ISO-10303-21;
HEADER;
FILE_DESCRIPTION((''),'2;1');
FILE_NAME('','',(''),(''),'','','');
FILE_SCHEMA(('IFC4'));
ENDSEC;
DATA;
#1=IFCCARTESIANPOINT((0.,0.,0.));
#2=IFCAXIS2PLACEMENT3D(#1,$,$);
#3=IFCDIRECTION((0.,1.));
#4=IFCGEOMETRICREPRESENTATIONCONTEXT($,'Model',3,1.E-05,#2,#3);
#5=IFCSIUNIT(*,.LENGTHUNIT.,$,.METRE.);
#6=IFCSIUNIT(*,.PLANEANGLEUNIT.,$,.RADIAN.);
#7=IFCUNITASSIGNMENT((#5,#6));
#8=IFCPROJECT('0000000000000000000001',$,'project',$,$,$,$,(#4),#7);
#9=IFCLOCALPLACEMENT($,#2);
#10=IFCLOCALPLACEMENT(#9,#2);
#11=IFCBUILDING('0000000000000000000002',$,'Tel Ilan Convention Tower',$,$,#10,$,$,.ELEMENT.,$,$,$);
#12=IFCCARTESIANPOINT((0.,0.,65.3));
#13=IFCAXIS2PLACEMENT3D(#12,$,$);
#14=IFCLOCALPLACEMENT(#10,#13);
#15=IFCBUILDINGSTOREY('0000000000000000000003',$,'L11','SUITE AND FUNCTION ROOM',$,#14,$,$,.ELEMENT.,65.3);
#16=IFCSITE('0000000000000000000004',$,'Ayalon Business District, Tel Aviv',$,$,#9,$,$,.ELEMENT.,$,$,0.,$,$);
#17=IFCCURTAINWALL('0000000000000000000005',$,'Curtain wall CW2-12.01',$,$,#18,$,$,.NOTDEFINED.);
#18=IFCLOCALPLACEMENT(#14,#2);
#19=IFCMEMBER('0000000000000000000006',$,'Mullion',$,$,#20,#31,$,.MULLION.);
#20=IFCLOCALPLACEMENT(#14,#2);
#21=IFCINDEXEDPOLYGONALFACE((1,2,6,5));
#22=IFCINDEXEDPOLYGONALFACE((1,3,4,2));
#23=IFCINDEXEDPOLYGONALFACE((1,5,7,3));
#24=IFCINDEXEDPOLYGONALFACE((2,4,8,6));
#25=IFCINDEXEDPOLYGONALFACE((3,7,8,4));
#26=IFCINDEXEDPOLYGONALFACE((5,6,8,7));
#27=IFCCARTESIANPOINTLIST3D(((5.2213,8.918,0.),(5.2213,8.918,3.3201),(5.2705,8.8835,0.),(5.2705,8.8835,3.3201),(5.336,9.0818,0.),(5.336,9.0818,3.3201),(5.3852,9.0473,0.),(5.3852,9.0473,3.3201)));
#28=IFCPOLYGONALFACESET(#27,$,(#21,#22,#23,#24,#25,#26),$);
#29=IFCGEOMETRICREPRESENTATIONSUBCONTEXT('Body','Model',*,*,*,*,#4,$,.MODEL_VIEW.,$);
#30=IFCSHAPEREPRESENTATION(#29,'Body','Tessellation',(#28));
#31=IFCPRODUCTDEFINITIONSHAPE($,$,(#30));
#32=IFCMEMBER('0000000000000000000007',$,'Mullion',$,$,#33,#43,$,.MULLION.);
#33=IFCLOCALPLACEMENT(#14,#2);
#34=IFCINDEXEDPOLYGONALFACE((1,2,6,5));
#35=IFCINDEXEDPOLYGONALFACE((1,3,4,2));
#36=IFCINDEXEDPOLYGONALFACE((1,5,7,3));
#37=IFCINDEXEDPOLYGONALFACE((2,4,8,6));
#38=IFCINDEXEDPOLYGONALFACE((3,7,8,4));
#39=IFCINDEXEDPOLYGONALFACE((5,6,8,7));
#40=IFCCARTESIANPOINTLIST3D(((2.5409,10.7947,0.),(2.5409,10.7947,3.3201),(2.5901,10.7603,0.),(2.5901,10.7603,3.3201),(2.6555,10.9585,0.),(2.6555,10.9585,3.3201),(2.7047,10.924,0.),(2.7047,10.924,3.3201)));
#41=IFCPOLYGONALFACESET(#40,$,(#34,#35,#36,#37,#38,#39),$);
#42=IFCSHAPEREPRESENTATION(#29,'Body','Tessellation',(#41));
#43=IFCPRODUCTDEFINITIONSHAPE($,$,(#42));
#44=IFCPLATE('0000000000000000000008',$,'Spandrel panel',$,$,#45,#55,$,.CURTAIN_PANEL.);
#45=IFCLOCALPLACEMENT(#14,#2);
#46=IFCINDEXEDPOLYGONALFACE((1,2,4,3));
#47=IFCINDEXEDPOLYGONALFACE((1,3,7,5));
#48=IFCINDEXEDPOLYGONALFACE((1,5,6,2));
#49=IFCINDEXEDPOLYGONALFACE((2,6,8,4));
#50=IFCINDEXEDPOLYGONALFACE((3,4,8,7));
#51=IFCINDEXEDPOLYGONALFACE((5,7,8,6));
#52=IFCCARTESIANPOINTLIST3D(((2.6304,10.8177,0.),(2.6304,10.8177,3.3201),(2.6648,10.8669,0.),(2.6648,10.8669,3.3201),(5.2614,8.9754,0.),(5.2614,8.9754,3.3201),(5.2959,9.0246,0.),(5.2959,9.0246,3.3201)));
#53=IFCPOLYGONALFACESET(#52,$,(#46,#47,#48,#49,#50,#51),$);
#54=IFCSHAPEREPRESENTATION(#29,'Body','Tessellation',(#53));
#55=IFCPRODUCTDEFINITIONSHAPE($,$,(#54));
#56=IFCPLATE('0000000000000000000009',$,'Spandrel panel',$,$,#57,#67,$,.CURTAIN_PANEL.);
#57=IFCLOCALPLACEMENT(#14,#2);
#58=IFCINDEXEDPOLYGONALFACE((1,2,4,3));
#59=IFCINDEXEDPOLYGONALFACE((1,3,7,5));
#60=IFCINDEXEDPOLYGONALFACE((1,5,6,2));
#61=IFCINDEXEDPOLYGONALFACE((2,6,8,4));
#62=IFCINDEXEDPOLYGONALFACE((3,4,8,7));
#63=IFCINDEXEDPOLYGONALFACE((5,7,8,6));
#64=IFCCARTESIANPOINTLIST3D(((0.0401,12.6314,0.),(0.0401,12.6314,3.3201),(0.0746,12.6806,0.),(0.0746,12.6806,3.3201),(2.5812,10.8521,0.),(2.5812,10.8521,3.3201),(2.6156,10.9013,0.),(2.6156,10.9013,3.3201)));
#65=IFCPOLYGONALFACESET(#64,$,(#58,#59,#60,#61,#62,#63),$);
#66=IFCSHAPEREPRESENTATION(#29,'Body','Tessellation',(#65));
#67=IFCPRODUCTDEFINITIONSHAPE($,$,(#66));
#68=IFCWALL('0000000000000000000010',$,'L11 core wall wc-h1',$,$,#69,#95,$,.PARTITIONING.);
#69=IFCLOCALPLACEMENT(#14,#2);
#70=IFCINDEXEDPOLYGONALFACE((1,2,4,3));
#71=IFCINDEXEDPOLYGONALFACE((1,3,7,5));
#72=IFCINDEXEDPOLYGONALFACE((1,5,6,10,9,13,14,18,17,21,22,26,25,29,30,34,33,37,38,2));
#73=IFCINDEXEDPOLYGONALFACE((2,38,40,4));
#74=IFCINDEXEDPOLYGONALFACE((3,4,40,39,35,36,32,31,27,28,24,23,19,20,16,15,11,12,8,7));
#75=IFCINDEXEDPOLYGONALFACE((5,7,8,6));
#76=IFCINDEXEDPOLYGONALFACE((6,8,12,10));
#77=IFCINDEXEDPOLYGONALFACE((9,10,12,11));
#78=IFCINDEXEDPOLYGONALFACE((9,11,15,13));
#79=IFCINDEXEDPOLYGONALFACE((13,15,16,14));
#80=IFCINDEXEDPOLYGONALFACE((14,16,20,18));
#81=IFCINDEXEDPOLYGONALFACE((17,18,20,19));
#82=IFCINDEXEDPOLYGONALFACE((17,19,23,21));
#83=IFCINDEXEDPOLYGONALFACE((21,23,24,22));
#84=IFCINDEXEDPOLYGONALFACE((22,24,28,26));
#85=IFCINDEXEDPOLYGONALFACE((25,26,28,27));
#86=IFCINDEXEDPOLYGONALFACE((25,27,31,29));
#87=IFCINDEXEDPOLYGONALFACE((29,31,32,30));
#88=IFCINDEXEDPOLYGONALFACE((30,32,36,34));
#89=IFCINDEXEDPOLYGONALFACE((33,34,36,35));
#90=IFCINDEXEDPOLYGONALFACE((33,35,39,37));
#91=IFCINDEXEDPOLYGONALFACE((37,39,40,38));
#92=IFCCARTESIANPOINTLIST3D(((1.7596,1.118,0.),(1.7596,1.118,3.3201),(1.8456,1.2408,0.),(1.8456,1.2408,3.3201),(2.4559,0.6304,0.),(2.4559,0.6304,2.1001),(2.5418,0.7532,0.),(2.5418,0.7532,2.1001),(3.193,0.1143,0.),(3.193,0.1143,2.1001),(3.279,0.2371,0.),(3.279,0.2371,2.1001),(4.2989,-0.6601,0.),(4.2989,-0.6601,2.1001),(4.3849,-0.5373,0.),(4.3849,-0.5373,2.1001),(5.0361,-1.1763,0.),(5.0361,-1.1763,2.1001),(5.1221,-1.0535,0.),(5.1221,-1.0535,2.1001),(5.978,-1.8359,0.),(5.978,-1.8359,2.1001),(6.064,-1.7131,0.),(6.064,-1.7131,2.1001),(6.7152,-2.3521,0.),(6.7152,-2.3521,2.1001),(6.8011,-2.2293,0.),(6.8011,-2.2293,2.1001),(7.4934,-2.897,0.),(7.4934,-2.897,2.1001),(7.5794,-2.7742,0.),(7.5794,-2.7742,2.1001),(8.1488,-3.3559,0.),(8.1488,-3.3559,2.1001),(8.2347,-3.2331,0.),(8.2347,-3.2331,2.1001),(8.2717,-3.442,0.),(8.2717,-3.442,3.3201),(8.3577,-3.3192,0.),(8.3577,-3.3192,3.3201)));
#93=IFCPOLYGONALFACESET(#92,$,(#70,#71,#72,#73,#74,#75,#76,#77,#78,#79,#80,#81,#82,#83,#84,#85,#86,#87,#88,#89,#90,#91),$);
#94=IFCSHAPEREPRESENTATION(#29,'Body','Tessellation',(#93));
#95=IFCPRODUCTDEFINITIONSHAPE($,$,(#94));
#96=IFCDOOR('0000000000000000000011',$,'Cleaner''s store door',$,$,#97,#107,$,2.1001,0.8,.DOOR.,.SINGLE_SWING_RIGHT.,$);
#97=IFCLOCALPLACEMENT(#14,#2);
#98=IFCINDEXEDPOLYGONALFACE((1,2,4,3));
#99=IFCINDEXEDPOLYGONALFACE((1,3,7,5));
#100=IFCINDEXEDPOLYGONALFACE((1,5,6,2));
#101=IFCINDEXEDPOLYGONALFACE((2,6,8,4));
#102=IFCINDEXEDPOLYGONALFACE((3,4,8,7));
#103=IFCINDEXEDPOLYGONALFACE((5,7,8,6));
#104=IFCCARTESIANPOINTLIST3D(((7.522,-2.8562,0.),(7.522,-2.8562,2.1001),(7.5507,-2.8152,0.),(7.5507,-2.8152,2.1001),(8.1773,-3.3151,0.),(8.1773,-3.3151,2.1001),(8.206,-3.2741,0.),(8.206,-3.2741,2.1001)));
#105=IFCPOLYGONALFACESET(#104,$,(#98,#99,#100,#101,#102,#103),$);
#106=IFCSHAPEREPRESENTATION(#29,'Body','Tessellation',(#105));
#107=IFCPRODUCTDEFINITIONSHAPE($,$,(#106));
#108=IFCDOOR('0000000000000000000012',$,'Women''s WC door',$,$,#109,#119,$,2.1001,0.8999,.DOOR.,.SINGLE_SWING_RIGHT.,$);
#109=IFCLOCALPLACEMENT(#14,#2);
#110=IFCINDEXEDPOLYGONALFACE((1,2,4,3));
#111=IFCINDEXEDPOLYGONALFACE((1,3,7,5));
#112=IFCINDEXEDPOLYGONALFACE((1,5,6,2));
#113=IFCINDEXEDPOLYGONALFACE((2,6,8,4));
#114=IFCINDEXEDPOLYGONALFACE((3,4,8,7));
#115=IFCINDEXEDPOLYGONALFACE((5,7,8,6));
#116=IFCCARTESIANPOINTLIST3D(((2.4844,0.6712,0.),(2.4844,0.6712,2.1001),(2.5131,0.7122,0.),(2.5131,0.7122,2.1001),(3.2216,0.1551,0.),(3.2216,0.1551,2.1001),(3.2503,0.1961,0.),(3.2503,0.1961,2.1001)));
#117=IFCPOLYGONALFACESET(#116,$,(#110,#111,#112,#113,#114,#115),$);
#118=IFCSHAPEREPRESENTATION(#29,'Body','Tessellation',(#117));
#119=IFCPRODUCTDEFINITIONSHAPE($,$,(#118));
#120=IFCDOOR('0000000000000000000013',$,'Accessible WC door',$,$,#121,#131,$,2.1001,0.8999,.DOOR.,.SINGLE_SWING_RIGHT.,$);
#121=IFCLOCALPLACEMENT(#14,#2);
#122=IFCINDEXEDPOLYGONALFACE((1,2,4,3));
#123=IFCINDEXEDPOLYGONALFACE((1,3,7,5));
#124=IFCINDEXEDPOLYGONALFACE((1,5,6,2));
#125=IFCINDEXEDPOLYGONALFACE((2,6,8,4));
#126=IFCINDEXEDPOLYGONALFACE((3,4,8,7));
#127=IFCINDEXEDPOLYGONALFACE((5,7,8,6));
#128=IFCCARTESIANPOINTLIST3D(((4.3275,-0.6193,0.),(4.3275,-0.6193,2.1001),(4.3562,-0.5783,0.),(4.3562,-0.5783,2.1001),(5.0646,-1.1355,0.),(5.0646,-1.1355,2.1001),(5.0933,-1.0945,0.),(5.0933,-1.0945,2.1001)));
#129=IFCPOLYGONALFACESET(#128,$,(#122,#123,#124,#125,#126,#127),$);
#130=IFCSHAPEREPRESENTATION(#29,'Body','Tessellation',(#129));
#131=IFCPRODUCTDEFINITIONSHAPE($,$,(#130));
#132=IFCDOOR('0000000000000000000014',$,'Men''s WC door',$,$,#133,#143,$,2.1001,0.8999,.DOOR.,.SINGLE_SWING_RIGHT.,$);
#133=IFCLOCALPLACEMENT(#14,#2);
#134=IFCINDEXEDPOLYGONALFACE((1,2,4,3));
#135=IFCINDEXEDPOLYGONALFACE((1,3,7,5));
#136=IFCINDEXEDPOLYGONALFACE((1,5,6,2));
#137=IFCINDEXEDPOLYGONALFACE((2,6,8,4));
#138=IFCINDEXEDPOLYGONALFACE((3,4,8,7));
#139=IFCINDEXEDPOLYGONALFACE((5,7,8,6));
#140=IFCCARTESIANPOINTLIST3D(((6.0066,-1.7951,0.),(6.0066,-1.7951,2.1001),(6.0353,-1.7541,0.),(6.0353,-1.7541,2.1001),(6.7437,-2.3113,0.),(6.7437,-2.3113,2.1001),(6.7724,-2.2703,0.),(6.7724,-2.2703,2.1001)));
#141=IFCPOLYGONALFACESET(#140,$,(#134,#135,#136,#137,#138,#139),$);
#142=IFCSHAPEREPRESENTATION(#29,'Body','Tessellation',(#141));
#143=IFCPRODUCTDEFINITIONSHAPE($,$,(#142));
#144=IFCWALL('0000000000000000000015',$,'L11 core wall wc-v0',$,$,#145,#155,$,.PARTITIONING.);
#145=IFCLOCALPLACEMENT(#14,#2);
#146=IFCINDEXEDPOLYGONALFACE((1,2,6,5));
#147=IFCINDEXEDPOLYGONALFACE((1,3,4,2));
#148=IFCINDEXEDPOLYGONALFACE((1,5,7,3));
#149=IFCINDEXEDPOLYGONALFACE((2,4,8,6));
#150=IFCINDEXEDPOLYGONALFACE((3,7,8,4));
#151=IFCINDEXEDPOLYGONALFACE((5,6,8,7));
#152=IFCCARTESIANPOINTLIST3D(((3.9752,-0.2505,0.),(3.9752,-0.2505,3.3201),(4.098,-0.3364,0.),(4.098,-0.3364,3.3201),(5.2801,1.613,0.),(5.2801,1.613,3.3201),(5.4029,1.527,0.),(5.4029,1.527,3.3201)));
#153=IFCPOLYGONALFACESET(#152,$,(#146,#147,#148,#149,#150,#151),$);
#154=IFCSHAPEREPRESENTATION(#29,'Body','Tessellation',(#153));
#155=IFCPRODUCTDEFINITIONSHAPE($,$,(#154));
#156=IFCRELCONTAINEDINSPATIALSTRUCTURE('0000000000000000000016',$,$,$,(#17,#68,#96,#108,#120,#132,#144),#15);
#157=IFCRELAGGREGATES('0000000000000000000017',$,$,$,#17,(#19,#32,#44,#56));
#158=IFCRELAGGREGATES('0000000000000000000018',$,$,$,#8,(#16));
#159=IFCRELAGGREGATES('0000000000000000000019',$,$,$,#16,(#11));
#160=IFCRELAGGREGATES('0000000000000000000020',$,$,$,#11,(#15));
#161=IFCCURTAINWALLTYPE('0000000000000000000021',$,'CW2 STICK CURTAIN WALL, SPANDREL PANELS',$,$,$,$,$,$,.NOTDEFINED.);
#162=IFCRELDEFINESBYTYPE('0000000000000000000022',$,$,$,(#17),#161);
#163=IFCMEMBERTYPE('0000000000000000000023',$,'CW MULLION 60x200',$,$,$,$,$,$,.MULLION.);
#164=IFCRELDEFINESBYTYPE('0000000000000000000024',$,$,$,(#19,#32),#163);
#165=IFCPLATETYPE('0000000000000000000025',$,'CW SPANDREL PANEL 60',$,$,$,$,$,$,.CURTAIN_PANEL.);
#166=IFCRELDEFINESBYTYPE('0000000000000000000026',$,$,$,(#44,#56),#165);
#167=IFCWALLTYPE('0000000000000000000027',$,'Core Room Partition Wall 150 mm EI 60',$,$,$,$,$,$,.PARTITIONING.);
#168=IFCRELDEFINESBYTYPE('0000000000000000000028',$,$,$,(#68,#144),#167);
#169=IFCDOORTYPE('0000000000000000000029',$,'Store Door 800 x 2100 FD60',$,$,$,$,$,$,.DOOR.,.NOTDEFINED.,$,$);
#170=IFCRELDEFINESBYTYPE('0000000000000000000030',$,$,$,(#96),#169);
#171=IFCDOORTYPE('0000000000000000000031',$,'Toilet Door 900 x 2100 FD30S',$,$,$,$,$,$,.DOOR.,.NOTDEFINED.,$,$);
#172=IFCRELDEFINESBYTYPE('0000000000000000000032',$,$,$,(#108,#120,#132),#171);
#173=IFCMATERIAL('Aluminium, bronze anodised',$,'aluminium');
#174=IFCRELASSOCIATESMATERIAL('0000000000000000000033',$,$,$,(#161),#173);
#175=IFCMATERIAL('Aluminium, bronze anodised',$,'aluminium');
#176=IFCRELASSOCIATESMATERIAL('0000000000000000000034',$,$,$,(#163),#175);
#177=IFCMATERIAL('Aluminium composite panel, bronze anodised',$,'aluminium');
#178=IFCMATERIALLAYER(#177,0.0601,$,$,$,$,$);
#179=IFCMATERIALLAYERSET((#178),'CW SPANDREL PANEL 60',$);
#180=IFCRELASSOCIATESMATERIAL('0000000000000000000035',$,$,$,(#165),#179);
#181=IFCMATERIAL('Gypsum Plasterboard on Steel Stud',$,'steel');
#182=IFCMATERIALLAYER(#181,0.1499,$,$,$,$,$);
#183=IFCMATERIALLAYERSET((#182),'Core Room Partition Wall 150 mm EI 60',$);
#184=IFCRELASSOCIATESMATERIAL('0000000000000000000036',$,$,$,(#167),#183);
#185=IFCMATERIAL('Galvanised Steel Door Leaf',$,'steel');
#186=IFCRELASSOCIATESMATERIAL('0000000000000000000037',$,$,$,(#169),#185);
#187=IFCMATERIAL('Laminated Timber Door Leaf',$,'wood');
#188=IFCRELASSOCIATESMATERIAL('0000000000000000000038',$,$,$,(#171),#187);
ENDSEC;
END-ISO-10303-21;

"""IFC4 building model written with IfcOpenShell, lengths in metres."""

from ifc_helpers import new_model, si_unit, direction, frame, frame_2d, origin, origin_2d, place, context, subcontext, project, spatial, rectangle, extrude, material, layer, layer_set, material_profile, profile_set, type_object, element, fill, aggregate, save


model = new_model("IFC4")

# Units and contexts
model_context = context("Model", 3, precision=1e-05, world=origin(), true_north=direction((0.0, 1.0)))
body_context = subcontext(model_context, "Body", "Model", "MODEL_VIEW")
ifc_project = project(units=[si_unit("LENGTHUNIT", "METRE"), si_unit("PLANEANGLEUNIT", "RADIAN")], contexts=[model_context])

# Site, building, storey
site_placement = place(None, origin())
site = spatial("IfcSite", under=ifc_project, at=site_placement, Name="Ayalon Business District, Tel Aviv", CompositionType="ELEMENT", RefElevation=0.0)
building_placement = place(site_placement, origin())
building = spatial("IfcBuilding", under=site, at=building_placement, Name="Tel Ilan Convention Tower", CompositionType="ELEMENT")
storey_placement = place(building_placement, frame((0.0, 0.0, 65.3)))
storey = spatial("IfcBuildingStorey", under=building, at=storey_placement, Name="L11", Description="SUITE AND FUNCTION ROOM", CompositionType="ELEMENT", Elevation=65.3)

# Curtain wall, members, plates
ifc_material_1 = material(Name="Aluminium, bronze anodised", Category="aluminium")
curtain_wall_type = type_object("IfcCurtainWallType", Name="CW2 STICK CURTAIN WALL, SPANDREL PANELS", PredefinedType="NOTDEFINED", material=ifc_material_1)
curtain_wall_placement = place(storey_placement, origin())
curtain_wall = element("IfcCurtainWall", 1, at=curtain_wall_placement, inside=storey, type_object=curtain_wall_type, Name="Curtain wall CW2-12.01", PredefinedType="NOTDEFINED")
ifc_material_2 = material(Name="Aluminium, bronze anodised", Category="aluminium")
ifc_material_profile = material_profile(ifc_material_2, rectangle(XDim=0.0601, YDim=0.2, at=origin_2d()), Name="CW MULLION 60x200")
ifc_profile_set = profile_set([ifc_material_profile], Name="Aluminium, bronze anodised")
member_type = type_object("IfcMemberType", Name="CW MULLION 60x200", PredefinedType="MULLION", material=ifc_profile_set)
member_1_placement = place(storey_placement, frame((5.3032, 8.9827, 0.0), z_axis=(0.0, 0.0, 1.0), x_axis=(-0.819152, 0.573576, 0.0)))
member_1 = element("IfcMember", 2, at=member_1_placement, type_object=member_type, Name="Mullion", PredefinedType="MULLION", context=body_context, shape_type="SweptSolid", body=[
    extrude(rectangle(XDim=0.0601, YDim=0.2, at=origin_2d()), origin(), (0.0, 0.0, 1.0), 3.3201),
])
member_2_placement = place(storey_placement, frame((2.6228, 10.8594, 0.0), z_axis=(0.0, 0.0, 1.0), x_axis=(-0.819152, 0.573576, 0.0)))
member_2 = element("IfcMember", 3, at=member_2_placement, type_object=member_type, Name="Mullion", PredefinedType="MULLION", context=body_context, shape_type="SweptSolid", body=[
    extrude(rectangle(XDim=0.0601, YDim=0.2, at=origin_2d()), origin(), (0.0, 0.0, 1.0), 3.3201),
])
ifc_material_3 = material(Name="Aluminium composite panel, bronze anodised", Category="aluminium")
ifc_layer_1 = layer(ifc_material_3, 0.0601)
ifc_layer_set_1 = layer_set([ifc_layer_1], Name="CW SPANDREL PANEL 60")
plate_type = type_object("IfcPlateType", Name="CW SPANDREL PANEL 60", PredefinedType="CURTAIN_PANEL", material=ifc_layer_set_1)
plate_1_placement = place(storey_placement, frame((3.9631, 9.9211, 0.0), z_axis=(0.0, 0.0, 1.0), x_axis=(-0.819152, 0.573576, 0.0)))
plate_1 = element("IfcPlate", 4, at=plate_1_placement, type_object=plate_type, Name="Spandrel panel", PredefinedType="CURTAIN_PANEL", context=body_context, shape_type="SweptSolid", body=[
    extrude(rectangle(XDim=3.2119, YDim=0.0601, at=origin_2d()), origin(), (0.0, 0.0, 1.0), 3.3201),
])
plate_2_placement = place(storey_placement, frame((1.3279, 11.7664, 0.0), z_axis=(0.0, 0.0, 1.0), x_axis=(-0.819152, 0.573576, 0.0)))
plate_2 = element("IfcPlate", 5, at=plate_2_placement, type_object=plate_type, Name="Spandrel panel", PredefinedType="CURTAIN_PANEL", context=body_context, shape_type="SweptSolid", body=[
    extrude(rectangle(XDim=3.1021, YDim=0.0601, at=origin_2d()), origin(), (0.0, 0.0, 1.0), 3.3201),
])
aggregate(curtain_wall, [member_1, member_2, plate_1, plate_2])

# Wall, openings, doors
ifc_material_4 = material(Name="Gypsum Plasterboard on Steel Stud", Category="steel")
ifc_layer_2 = layer(ifc_material_4, 0.1499)
ifc_layer_set_2 = layer_set([ifc_layer_2], Name="Core Room Partition Wall 150 mm EI 60")
wall_type_1 = type_object("IfcWallType", Name="Core Room Partition Wall 150 mm EI 60", PredefinedType="PARTITIONING", material=ifc_layer_set_2)
wall_1_placement = place(storey_placement, frame((1.8025, 1.1794, 0.0), z_axis=(0.0, 0.0, 1.0), x_axis=(0.819142, -0.57359, 0.0)))
wall_1 = element("IfcWall", 6, at=wall_1_placement, inside=storey, type_object=wall_type_1, Name="L11 core wall wc-h1", PredefinedType="PARTITIONING", context=body_context, shape_type="SweptSolid", body=[
    extrude(rectangle(XDim=7.95, YDim=0.1499, at=frame_2d((3.9751, 0.0))), origin(), (0.0, 0.0, 1.0), 3.3201),
])
opening_1_placement = place(wall_1_placement, frame((0.8501, 0.0, 0.0)))
opening_1 = element("IfcOpeningElement", 7, at=opening_1_placement, cuts=wall_1, PredefinedType="OPENING", context=body_context, shape_type="SweptSolid", body=[
    extrude(rectangle(XDim=0.8999, YDim=2.1001, at=frame_2d((0.45, 1.05))), frame((0.0, 0.085, 0.0), z_axis=(0.0, -1.0, 0.0), x_axis=(1.0, 0.0, 0.0)), (0.0, 0.0, 1.0), 0.1699),
])
opening_2_placement = place(wall_1_placement, frame((3.1001, 0.0, 0.0)))
opening_2 = element("IfcOpeningElement", 8, at=opening_2_placement, cuts=wall_1, PredefinedType="OPENING", context=body_context, shape_type="SweptSolid", body=[
    extrude(rectangle(XDim=0.8999, YDim=2.1001, at=frame_2d((0.45, 1.05))), frame((0.0, 0.085, 0.0), z_axis=(0.0, -1.0, 0.0), x_axis=(1.0, 0.0, 0.0)), (0.0, 0.0, 1.0), 0.1699),
])
opening_3_placement = place(wall_1_placement, frame((5.1499, 0.0, 0.0)))
opening_3 = element("IfcOpeningElement", 9, at=opening_3_placement, cuts=wall_1, PredefinedType="OPENING", context=body_context, shape_type="SweptSolid", body=[
    extrude(rectangle(XDim=0.8999, YDim=2.1001, at=frame_2d((0.45, 1.05))), frame((0.0, 0.085, 0.0), z_axis=(0.0, -1.0, 0.0), x_axis=(1.0, 0.0, 0.0)), (0.0, 0.0, 1.0), 0.1699),
])
opening_4_placement = place(wall_1_placement, frame((7.0, 0.0, 0.0)))
opening_4 = element("IfcOpeningElement", 10, at=opening_4_placement, cuts=wall_1, PredefinedType="OPENING", context=body_context, shape_type="SweptSolid", body=[
    extrude(rectangle(XDim=0.8, YDim=2.1001, at=frame_2d((0.3999, 1.05))), frame((0.0, 0.085, 0.0), z_axis=(0.0, -1.0, 0.0), x_axis=(1.0, 0.0, 0.0)), (0.0, 0.0, 1.0), 0.1699),
])
ifc_material_5 = material(Name="Galvanised Steel Door Leaf", Category="steel")
door_type_1 = type_object("IfcDoorType", Name="Store Door 800 x 2100 FD60", OperationType="NOTDEFINED", PredefinedType="DOOR", material=ifc_material_5)
door_1_placement = place(opening_4_placement, origin())
door_1 = element("IfcDoor", 11, at=door_1_placement, inside=storey, type_object=door_type_1, Name="Cleaner's store door", OperationType="SINGLE_SWING_RIGHT", OverallHeight=2.1001, OverallWidth=0.8, PredefinedType="DOOR", context=body_context, shape_type="SweptSolid", body=[
    extrude(rectangle(XDim=0.8, YDim=2.1001, at=frame_2d((0.3999, 1.05))), frame((0.0, 0.0249, 0.0), z_axis=(0.0, -1.0, 0.0), x_axis=(1.0, 0.0, 0.0)), (0.0, 0.0, 1.0), 0.05),
])
fill(opening_4, door_1)
ifc_material_6 = material(Name="Laminated Timber Door Leaf", Category="wood")
door_type_2 = type_object("IfcDoorType", Name="Toilet Door 900 x 2100 FD30S", OperationType="NOTDEFINED", PredefinedType="DOOR", material=ifc_material_6)
door_2_placement = place(opening_1_placement, origin())
door_2 = element("IfcDoor", 12, at=door_2_placement, inside=storey, type_object=door_type_2, Name="Women's WC door", OperationType="SINGLE_SWING_RIGHT", OverallHeight=2.1001, OverallWidth=0.8999, PredefinedType="DOOR", context=body_context, shape_type="SweptSolid", body=[
    extrude(rectangle(XDim=0.8999, YDim=2.1001, at=frame_2d((0.45, 1.05))), frame((0.0, 0.0249, 0.0), z_axis=(0.0, -1.0, 0.0), x_axis=(1.0, 0.0, 0.0)), (0.0, 0.0, 1.0), 0.05),
])
fill(opening_1, door_2)
door_3_placement = place(opening_2_placement, origin())
door_3 = element("IfcDoor", 13, at=door_3_placement, inside=storey, type_object=door_type_2, Name="Accessible WC door", OperationType="SINGLE_SWING_RIGHT", OverallHeight=2.1001, OverallWidth=0.8999, PredefinedType="DOOR", context=body_context, shape_type="SweptSolid", body=[
    extrude(rectangle(XDim=0.8999, YDim=2.1001, at=frame_2d((0.45, 1.05))), frame((0.0, 0.0249, 0.0), z_axis=(0.0, -1.0, 0.0), x_axis=(1.0, 0.0, 0.0)), (0.0, 0.0, 1.0), 0.05),
])
fill(opening_2, door_3)
door_4_placement = place(opening_3_placement, origin())
door_4 = element("IfcDoor", 14, at=door_4_placement, inside=storey, type_object=door_type_2, Name="Men's WC door", OperationType="SINGLE_SWING_RIGHT", OverallHeight=2.1001, OverallWidth=0.8999, PredefinedType="DOOR", context=body_context, shape_type="SweptSolid", body=[
    extrude(rectangle(XDim=0.8999, YDim=2.1001, at=frame_2d((0.45, 1.05))), frame((0.0, 0.0249, 0.0), z_axis=(0.0, -1.0, 0.0), x_axis=(1.0, 0.0, 0.0)), (0.0, 0.0, 1.0), 0.05),
])
fill(opening_3, door_4)

# Wall
wall_2_placement = place(storey_placement, frame((4.0366, -0.2935, 0.0), z_axis=(0.0, 0.0, 1.0), x_axis=(0.573599, 0.819136, 0.0)))
element("IfcWall", 15, at=wall_2_placement, inside=storey, type_object=wall_type_1, Name="L11 core wall wc-v0", PredefinedType="PARTITIONING", context=body_context, shape_type="SweptSolid", body=[
    extrude(rectangle(XDim=2.2749, YDim=0.1499, at=frame_2d((1.1375, 0.0))), origin(), (0.0, 0.0, 1.0), 3.3201),
])

save(model, "model.ifc")
